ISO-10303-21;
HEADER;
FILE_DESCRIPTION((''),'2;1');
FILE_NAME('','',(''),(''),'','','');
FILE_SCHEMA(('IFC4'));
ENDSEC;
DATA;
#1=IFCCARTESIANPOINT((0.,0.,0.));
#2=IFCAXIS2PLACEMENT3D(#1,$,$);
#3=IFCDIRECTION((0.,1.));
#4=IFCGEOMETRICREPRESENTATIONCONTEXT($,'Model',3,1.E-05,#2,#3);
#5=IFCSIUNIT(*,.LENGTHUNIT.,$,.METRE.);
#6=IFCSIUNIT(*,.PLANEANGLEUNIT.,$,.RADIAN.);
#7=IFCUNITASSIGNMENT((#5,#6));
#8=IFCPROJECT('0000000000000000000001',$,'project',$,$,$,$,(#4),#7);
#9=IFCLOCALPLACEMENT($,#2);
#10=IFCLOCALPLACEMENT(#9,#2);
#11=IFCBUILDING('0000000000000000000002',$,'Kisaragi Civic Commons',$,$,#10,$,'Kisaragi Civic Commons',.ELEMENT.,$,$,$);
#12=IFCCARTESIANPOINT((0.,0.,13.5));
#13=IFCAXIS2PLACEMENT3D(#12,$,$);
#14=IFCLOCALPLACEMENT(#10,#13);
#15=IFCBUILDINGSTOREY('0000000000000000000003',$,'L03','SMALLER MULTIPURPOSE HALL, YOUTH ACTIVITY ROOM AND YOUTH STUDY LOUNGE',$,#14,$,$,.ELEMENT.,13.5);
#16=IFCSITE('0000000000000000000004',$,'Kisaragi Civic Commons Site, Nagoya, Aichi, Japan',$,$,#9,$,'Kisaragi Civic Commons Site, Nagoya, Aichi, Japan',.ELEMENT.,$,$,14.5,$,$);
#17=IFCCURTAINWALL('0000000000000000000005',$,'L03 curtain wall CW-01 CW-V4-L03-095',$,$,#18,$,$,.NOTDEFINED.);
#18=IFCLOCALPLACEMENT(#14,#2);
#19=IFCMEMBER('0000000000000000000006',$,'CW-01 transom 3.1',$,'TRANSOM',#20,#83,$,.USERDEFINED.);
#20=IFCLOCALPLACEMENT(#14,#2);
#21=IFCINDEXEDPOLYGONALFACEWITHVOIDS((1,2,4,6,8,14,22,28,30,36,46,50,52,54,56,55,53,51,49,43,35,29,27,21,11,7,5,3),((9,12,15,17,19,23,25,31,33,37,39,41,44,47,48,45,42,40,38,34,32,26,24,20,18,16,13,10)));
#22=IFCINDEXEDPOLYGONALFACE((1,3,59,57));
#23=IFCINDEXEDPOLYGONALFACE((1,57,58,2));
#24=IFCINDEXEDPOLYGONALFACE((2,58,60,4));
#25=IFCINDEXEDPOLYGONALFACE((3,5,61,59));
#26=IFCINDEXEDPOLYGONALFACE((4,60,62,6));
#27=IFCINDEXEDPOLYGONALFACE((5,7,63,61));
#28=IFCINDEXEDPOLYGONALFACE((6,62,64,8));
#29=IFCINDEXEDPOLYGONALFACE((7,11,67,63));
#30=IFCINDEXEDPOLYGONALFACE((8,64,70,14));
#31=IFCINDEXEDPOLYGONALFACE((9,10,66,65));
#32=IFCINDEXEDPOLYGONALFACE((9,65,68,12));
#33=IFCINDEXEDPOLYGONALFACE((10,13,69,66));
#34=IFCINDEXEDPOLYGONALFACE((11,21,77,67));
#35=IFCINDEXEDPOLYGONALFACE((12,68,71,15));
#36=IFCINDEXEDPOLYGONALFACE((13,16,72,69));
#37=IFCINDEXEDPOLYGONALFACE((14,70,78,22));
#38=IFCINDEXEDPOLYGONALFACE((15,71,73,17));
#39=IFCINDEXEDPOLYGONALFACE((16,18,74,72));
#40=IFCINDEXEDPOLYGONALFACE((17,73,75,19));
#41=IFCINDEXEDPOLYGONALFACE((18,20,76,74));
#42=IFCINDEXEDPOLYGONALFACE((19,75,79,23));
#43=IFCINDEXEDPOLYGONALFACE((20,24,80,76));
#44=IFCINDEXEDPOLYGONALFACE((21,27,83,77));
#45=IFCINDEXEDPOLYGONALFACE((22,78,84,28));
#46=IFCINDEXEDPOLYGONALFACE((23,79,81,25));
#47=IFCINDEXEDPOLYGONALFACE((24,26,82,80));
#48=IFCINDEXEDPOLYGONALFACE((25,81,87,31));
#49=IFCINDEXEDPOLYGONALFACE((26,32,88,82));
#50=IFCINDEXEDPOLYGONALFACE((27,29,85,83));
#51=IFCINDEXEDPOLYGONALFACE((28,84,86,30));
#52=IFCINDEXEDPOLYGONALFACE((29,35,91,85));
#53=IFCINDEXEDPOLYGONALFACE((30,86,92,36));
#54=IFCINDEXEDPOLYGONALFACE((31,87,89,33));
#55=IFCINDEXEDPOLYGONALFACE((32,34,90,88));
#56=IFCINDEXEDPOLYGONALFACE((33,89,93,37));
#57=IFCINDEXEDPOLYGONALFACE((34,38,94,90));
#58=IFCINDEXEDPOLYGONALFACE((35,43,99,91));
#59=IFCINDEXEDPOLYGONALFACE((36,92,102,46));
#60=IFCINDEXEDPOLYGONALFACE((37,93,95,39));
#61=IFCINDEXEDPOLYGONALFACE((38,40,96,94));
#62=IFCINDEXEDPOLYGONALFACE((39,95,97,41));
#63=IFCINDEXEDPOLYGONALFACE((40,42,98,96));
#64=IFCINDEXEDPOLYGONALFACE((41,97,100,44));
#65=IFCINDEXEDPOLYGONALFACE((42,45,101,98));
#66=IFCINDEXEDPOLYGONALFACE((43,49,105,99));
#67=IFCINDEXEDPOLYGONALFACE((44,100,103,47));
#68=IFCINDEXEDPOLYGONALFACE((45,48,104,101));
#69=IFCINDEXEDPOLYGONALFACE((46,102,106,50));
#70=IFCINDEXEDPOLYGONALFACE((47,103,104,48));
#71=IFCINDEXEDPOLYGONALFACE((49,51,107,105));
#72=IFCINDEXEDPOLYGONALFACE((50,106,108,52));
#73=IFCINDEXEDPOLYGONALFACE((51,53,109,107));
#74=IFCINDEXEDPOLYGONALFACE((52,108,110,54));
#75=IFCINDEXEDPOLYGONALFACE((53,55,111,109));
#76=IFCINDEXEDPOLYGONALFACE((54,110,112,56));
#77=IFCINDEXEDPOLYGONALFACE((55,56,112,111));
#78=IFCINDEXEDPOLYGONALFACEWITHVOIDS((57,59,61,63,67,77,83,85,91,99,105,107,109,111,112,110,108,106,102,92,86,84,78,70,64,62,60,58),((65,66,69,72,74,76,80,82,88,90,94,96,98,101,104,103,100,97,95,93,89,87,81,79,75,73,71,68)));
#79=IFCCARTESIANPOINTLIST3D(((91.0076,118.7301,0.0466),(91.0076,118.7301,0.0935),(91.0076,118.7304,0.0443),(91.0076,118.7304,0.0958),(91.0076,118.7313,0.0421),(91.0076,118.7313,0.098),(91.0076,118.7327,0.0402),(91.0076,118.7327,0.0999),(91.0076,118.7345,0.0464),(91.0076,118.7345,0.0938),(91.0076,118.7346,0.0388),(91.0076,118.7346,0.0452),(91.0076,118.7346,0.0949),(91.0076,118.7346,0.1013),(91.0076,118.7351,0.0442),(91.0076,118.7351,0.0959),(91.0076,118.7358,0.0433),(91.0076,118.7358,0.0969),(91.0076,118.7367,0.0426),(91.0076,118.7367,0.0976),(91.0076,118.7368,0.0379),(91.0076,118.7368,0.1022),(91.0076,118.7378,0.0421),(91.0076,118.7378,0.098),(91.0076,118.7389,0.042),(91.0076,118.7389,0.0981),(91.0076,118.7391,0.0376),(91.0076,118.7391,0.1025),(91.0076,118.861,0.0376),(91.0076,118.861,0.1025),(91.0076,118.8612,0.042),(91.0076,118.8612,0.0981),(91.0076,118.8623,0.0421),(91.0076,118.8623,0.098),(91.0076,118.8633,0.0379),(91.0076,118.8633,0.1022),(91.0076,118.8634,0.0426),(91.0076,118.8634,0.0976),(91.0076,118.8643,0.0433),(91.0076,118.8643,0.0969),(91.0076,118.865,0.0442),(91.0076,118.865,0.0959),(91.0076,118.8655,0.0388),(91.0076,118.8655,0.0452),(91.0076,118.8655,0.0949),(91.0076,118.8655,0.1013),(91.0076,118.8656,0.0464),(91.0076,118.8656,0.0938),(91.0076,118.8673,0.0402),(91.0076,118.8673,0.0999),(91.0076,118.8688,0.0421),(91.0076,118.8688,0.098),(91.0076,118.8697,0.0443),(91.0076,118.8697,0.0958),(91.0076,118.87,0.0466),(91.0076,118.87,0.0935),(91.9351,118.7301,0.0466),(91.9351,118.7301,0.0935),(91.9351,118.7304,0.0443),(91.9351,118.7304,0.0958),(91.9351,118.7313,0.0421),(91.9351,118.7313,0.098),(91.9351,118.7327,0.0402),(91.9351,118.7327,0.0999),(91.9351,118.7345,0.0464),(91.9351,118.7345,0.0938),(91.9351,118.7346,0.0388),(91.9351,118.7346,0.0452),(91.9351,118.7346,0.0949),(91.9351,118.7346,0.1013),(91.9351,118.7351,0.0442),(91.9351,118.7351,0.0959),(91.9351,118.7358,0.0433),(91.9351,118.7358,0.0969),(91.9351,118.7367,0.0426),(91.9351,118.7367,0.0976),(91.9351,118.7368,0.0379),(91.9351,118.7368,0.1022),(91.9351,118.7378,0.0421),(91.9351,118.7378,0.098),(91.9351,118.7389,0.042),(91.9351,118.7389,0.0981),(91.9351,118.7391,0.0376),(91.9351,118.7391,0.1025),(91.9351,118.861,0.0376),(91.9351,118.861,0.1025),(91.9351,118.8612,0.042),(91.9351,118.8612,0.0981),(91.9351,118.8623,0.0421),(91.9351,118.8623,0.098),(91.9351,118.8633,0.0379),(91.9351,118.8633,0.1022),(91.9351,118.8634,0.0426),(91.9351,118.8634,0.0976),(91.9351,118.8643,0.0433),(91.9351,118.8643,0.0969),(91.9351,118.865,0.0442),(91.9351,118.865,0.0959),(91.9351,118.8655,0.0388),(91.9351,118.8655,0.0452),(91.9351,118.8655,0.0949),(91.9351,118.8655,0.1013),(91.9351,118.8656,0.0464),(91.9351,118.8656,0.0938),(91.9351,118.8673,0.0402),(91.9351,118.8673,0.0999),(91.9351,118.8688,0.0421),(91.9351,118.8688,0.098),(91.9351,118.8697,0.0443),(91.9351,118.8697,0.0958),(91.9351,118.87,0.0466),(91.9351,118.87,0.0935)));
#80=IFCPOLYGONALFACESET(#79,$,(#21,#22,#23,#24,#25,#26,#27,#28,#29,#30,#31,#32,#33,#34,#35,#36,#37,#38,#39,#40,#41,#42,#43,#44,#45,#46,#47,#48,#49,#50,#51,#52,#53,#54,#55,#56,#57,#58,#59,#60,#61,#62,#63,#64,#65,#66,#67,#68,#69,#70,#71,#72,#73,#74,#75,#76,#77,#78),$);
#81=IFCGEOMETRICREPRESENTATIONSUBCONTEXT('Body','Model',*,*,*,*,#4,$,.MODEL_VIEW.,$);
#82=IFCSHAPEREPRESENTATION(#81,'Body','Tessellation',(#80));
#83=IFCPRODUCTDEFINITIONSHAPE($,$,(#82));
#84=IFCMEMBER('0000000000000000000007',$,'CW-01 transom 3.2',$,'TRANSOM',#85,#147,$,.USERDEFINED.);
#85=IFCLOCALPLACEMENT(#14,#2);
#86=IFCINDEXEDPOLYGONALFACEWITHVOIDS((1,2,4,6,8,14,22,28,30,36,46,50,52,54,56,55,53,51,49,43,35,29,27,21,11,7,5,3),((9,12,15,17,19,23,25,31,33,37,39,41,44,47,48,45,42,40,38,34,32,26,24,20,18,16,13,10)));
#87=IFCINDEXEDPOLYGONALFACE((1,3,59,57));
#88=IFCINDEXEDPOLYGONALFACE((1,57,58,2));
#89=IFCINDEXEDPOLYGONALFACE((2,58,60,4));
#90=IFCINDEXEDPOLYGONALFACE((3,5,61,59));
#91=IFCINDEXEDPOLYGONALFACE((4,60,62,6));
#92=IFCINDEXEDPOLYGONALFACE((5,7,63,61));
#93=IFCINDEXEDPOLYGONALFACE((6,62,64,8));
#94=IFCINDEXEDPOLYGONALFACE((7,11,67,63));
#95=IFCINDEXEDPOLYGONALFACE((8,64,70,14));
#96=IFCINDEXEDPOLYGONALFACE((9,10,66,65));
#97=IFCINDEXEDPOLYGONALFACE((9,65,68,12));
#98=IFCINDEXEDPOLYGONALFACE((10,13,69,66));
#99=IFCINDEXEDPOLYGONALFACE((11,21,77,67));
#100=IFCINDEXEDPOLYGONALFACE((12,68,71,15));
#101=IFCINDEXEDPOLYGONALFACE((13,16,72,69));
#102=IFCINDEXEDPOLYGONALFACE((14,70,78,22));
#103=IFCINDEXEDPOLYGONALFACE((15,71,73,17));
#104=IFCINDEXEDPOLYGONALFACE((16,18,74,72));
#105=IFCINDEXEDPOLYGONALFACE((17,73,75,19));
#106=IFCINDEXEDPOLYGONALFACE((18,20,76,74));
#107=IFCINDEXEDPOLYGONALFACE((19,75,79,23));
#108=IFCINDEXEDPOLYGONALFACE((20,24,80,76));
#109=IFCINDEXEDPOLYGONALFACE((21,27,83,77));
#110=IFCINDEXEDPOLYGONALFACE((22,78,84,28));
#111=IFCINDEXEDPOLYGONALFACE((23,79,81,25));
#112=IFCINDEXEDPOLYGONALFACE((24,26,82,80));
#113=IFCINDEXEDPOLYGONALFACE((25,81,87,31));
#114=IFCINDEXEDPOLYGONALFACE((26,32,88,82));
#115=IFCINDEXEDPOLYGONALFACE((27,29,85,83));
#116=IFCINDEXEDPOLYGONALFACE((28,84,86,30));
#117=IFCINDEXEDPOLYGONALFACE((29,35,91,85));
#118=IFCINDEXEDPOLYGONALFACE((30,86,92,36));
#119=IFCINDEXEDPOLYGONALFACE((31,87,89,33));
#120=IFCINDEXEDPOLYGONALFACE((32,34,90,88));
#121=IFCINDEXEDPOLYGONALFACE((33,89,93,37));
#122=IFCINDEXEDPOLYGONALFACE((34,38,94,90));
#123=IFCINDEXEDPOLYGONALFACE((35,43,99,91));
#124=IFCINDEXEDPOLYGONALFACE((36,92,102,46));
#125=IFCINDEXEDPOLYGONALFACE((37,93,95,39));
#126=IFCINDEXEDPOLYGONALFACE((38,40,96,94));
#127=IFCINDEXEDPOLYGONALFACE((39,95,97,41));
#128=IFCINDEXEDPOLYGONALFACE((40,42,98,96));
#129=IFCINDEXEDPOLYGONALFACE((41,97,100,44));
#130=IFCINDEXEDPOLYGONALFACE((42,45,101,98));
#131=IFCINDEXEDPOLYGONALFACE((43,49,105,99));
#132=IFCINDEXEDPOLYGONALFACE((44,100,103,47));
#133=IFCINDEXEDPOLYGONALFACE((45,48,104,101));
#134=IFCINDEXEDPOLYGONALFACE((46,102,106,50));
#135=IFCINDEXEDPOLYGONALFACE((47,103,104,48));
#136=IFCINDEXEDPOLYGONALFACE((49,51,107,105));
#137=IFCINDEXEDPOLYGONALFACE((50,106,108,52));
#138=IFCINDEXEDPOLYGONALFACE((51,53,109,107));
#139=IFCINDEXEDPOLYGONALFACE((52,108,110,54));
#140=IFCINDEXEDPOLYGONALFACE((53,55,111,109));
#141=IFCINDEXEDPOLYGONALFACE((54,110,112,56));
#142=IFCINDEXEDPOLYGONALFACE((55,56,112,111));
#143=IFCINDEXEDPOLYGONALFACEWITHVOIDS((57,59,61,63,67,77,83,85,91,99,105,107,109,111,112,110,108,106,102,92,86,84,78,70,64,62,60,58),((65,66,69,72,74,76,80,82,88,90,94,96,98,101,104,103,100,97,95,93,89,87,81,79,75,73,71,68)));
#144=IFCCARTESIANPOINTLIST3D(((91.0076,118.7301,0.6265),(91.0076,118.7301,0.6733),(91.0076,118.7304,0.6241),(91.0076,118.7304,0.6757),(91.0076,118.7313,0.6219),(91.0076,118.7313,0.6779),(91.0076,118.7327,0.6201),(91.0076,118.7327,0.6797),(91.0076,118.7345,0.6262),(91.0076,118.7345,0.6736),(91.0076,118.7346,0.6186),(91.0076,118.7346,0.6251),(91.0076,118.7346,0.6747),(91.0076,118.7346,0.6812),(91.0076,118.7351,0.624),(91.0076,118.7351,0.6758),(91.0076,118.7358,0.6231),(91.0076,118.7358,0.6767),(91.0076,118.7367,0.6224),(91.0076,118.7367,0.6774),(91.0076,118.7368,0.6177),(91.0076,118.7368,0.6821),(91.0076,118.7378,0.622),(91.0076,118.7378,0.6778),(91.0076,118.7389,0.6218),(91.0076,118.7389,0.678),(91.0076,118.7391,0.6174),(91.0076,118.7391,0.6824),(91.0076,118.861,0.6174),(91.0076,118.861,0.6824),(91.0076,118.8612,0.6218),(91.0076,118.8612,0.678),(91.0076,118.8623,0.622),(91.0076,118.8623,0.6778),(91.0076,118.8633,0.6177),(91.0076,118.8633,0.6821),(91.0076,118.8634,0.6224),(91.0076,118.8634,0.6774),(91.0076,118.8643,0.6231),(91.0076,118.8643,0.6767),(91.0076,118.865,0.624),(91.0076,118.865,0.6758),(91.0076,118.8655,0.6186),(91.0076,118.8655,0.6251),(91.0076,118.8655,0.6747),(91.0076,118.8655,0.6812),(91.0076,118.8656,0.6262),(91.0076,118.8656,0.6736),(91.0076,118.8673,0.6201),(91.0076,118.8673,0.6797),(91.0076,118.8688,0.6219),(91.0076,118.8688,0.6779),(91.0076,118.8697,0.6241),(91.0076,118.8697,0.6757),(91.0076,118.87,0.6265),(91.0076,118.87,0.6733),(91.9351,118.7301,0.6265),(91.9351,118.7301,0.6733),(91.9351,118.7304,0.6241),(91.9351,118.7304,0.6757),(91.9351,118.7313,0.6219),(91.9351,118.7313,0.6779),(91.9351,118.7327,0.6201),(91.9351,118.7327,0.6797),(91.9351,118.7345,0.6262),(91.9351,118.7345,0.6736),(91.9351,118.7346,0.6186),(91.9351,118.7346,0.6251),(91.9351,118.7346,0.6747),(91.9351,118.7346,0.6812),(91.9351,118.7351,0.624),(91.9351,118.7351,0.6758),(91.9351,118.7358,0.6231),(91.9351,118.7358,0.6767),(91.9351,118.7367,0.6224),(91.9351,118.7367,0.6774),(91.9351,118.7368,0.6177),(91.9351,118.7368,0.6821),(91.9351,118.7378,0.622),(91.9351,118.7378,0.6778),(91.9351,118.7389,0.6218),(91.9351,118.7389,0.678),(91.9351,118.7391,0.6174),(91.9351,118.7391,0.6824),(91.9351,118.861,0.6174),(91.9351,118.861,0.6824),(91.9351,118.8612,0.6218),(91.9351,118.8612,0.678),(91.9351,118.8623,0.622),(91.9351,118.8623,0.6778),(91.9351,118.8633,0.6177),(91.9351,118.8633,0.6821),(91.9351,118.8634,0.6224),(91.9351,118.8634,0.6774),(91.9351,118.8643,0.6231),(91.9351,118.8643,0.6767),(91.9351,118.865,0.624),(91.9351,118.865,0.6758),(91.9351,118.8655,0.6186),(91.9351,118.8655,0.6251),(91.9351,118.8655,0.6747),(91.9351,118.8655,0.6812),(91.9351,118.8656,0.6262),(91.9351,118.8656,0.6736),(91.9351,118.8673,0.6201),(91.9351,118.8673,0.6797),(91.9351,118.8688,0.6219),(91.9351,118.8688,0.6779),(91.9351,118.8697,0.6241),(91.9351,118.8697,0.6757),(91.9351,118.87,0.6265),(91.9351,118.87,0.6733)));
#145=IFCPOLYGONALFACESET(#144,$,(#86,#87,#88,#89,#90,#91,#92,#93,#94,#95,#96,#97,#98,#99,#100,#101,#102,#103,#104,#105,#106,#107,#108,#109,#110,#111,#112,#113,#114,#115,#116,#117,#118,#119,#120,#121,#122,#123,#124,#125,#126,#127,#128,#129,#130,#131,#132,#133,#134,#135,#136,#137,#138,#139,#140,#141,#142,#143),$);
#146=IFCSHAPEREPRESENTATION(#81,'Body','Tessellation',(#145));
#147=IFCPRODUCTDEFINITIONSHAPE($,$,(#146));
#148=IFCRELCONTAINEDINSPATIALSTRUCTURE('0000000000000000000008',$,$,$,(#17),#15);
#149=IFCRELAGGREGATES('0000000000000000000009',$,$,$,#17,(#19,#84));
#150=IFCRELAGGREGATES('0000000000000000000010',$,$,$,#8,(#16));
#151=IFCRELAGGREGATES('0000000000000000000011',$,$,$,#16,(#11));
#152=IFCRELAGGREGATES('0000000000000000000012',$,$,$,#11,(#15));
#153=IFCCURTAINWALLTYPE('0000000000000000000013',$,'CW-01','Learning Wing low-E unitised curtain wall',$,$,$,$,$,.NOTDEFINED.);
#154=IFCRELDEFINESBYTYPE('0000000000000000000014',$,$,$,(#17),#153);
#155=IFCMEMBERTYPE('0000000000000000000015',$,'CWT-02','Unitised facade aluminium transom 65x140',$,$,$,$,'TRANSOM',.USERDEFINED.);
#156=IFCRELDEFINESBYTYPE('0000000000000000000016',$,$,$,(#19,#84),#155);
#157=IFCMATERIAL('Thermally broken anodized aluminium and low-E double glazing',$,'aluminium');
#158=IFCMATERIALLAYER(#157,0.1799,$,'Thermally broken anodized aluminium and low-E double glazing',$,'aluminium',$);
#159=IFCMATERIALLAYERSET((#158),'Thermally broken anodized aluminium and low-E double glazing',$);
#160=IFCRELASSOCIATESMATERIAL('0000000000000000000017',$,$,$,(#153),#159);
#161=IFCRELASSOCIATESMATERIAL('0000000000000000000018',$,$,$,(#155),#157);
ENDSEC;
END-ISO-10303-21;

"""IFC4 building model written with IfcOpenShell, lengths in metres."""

from ifc_helpers import new_model, si_unit, direction, frame, origin, origin_2d, place, context, subcontext, project, spatial, hollow_rectangle, extrude, material, layer, layer_set, material_profile, profile_set, type_object, element, aggregate, save


model = new_model("IFC4")

# Units and contexts
model_context = context("Model", 3, precision=1e-05, world=origin(), true_north=direction((0.0, 1.0)))
body_context = subcontext(model_context, "Body", "Model", "MODEL_VIEW")
ifc_project = project(units=[si_unit("LENGTHUNIT", "METRE"), si_unit("PLANEANGLEUNIT", "RADIAN")], contexts=[model_context])

# Site, building, storey
site_placement = place(None, origin())
site = spatial("IfcSite", under=ifc_project, at=site_placement, Name="Kisaragi Civic Commons Site, Nagoya, Aichi, Japan", LongName="Kisaragi Civic Commons Site, Nagoya, Aichi, Japan", CompositionType="ELEMENT", RefElevation=14.5)
building_placement = place(site_placement, origin())
building = spatial("IfcBuilding", under=site, at=building_placement, Name="Kisaragi Civic Commons", LongName="Kisaragi Civic Commons", CompositionType="ELEMENT")
storey_placement = place(building_placement, frame((0.0, 0.0, 13.5)))
storey = spatial("IfcBuildingStorey", under=building, at=storey_placement, Name="L03", Description="SMALLER MULTIPURPOSE HALL, YOUTH ACTIVITY ROOM AND YOUTH STUDY LOUNGE", CompositionType="ELEMENT", Elevation=13.5)

# Curtain wall
ifc_material_1 = material(Name="Thermally broken anodized aluminium and low-E double glazing", Category="aluminium")
ifc_layer_1 = layer(ifc_material_1, 0.1799, Name="Thermally broken anodized aluminium and low-E double glazing", Category="aluminium")
ifc_layer_set_1 = layer_set([ifc_layer_1], Name="Thermally broken anodized aluminium and low-E double glazing")
curtain_wall_type = type_object("IfcCurtainWallType", Name="CW-01", Description="Learning Wing low-E unitised curtain wall", PredefinedType="NOTDEFINED", material=ifc_layer_set_1)
curtain_wall_1_placement = place(storey_placement, origin())
curtain_wall_1 = element("IfcCurtainWall", 1, at=curtain_wall_1_placement, inside=storey, type_object=curtain_wall_type, Name="L03 curtain wall CW-01 CW-V4-L03-095", PredefinedType="NOTDEFINED")

# Members
ifc_material_profile_1 = material_profile(ifc_material_1, hollow_rectangle(XDim=0.1399, YDim=0.0649, WallThickness=0.0044, InnerFilletRadius=0.0044, OuterFilletRadius=0.009, at=origin_2d()), Name="CWT-65x140x4.5", Category="aluminium")
ifc_profile_set_1 = profile_set([ifc_material_profile_1], Name="Thermally broken anodized aluminium and low-E double glazing")
member_type_1 = type_object("IfcMemberType", Name="CWT-02", Description="Unitised facade aluminium transom 65x140", ElementType="TRANSOM", PredefinedType="USERDEFINED", material=ifc_profile_set_1)
member_1_placement = place(storey_placement, frame((91.0076, 118.8, 0.0701), z_axis=(1.0, 0.0, 0.0), x_axis=(0.0, 1.0, 0.0)))
member_1 = element("IfcMember", 2, at=member_1_placement, type_object=member_type_1, Name="CW-01 transom 3.1", ObjectType="TRANSOM", PredefinedType="USERDEFINED", context=body_context, shape_type="SweptSolid", body=[
    extrude(hollow_rectangle(XDim=0.1399, YDim=0.0649, WallThickness=0.0044, InnerFilletRadius=0.0044, OuterFilletRadius=0.009, at=origin_2d()), origin(), (0.0, 0.0, 1.0), 0.9275),
])
member_2_placement = place(storey_placement, frame((91.0076, 118.8, 0.6499), z_axis=(1.0, 0.0, 0.0), x_axis=(0.0, 1.0, 0.0)))
member_2 = element("IfcMember", 3, at=member_2_placement, type_object=member_type_1, Name="CW-01 transom 3.2", ObjectType="TRANSOM", PredefinedType="USERDEFINED", context=body_context, shape_type="SweptSolid", body=[
    extrude(hollow_rectangle(XDim=0.1399, YDim=0.0649, WallThickness=0.0044, InnerFilletRadius=0.0044, OuterFilletRadius=0.009, at=origin_2d()), origin(), (0.0, 0.0, 1.0), 0.9275),
])

aggregate(curtain_wall_1, [member_1, member_2])

save(model, "model.ifc")
